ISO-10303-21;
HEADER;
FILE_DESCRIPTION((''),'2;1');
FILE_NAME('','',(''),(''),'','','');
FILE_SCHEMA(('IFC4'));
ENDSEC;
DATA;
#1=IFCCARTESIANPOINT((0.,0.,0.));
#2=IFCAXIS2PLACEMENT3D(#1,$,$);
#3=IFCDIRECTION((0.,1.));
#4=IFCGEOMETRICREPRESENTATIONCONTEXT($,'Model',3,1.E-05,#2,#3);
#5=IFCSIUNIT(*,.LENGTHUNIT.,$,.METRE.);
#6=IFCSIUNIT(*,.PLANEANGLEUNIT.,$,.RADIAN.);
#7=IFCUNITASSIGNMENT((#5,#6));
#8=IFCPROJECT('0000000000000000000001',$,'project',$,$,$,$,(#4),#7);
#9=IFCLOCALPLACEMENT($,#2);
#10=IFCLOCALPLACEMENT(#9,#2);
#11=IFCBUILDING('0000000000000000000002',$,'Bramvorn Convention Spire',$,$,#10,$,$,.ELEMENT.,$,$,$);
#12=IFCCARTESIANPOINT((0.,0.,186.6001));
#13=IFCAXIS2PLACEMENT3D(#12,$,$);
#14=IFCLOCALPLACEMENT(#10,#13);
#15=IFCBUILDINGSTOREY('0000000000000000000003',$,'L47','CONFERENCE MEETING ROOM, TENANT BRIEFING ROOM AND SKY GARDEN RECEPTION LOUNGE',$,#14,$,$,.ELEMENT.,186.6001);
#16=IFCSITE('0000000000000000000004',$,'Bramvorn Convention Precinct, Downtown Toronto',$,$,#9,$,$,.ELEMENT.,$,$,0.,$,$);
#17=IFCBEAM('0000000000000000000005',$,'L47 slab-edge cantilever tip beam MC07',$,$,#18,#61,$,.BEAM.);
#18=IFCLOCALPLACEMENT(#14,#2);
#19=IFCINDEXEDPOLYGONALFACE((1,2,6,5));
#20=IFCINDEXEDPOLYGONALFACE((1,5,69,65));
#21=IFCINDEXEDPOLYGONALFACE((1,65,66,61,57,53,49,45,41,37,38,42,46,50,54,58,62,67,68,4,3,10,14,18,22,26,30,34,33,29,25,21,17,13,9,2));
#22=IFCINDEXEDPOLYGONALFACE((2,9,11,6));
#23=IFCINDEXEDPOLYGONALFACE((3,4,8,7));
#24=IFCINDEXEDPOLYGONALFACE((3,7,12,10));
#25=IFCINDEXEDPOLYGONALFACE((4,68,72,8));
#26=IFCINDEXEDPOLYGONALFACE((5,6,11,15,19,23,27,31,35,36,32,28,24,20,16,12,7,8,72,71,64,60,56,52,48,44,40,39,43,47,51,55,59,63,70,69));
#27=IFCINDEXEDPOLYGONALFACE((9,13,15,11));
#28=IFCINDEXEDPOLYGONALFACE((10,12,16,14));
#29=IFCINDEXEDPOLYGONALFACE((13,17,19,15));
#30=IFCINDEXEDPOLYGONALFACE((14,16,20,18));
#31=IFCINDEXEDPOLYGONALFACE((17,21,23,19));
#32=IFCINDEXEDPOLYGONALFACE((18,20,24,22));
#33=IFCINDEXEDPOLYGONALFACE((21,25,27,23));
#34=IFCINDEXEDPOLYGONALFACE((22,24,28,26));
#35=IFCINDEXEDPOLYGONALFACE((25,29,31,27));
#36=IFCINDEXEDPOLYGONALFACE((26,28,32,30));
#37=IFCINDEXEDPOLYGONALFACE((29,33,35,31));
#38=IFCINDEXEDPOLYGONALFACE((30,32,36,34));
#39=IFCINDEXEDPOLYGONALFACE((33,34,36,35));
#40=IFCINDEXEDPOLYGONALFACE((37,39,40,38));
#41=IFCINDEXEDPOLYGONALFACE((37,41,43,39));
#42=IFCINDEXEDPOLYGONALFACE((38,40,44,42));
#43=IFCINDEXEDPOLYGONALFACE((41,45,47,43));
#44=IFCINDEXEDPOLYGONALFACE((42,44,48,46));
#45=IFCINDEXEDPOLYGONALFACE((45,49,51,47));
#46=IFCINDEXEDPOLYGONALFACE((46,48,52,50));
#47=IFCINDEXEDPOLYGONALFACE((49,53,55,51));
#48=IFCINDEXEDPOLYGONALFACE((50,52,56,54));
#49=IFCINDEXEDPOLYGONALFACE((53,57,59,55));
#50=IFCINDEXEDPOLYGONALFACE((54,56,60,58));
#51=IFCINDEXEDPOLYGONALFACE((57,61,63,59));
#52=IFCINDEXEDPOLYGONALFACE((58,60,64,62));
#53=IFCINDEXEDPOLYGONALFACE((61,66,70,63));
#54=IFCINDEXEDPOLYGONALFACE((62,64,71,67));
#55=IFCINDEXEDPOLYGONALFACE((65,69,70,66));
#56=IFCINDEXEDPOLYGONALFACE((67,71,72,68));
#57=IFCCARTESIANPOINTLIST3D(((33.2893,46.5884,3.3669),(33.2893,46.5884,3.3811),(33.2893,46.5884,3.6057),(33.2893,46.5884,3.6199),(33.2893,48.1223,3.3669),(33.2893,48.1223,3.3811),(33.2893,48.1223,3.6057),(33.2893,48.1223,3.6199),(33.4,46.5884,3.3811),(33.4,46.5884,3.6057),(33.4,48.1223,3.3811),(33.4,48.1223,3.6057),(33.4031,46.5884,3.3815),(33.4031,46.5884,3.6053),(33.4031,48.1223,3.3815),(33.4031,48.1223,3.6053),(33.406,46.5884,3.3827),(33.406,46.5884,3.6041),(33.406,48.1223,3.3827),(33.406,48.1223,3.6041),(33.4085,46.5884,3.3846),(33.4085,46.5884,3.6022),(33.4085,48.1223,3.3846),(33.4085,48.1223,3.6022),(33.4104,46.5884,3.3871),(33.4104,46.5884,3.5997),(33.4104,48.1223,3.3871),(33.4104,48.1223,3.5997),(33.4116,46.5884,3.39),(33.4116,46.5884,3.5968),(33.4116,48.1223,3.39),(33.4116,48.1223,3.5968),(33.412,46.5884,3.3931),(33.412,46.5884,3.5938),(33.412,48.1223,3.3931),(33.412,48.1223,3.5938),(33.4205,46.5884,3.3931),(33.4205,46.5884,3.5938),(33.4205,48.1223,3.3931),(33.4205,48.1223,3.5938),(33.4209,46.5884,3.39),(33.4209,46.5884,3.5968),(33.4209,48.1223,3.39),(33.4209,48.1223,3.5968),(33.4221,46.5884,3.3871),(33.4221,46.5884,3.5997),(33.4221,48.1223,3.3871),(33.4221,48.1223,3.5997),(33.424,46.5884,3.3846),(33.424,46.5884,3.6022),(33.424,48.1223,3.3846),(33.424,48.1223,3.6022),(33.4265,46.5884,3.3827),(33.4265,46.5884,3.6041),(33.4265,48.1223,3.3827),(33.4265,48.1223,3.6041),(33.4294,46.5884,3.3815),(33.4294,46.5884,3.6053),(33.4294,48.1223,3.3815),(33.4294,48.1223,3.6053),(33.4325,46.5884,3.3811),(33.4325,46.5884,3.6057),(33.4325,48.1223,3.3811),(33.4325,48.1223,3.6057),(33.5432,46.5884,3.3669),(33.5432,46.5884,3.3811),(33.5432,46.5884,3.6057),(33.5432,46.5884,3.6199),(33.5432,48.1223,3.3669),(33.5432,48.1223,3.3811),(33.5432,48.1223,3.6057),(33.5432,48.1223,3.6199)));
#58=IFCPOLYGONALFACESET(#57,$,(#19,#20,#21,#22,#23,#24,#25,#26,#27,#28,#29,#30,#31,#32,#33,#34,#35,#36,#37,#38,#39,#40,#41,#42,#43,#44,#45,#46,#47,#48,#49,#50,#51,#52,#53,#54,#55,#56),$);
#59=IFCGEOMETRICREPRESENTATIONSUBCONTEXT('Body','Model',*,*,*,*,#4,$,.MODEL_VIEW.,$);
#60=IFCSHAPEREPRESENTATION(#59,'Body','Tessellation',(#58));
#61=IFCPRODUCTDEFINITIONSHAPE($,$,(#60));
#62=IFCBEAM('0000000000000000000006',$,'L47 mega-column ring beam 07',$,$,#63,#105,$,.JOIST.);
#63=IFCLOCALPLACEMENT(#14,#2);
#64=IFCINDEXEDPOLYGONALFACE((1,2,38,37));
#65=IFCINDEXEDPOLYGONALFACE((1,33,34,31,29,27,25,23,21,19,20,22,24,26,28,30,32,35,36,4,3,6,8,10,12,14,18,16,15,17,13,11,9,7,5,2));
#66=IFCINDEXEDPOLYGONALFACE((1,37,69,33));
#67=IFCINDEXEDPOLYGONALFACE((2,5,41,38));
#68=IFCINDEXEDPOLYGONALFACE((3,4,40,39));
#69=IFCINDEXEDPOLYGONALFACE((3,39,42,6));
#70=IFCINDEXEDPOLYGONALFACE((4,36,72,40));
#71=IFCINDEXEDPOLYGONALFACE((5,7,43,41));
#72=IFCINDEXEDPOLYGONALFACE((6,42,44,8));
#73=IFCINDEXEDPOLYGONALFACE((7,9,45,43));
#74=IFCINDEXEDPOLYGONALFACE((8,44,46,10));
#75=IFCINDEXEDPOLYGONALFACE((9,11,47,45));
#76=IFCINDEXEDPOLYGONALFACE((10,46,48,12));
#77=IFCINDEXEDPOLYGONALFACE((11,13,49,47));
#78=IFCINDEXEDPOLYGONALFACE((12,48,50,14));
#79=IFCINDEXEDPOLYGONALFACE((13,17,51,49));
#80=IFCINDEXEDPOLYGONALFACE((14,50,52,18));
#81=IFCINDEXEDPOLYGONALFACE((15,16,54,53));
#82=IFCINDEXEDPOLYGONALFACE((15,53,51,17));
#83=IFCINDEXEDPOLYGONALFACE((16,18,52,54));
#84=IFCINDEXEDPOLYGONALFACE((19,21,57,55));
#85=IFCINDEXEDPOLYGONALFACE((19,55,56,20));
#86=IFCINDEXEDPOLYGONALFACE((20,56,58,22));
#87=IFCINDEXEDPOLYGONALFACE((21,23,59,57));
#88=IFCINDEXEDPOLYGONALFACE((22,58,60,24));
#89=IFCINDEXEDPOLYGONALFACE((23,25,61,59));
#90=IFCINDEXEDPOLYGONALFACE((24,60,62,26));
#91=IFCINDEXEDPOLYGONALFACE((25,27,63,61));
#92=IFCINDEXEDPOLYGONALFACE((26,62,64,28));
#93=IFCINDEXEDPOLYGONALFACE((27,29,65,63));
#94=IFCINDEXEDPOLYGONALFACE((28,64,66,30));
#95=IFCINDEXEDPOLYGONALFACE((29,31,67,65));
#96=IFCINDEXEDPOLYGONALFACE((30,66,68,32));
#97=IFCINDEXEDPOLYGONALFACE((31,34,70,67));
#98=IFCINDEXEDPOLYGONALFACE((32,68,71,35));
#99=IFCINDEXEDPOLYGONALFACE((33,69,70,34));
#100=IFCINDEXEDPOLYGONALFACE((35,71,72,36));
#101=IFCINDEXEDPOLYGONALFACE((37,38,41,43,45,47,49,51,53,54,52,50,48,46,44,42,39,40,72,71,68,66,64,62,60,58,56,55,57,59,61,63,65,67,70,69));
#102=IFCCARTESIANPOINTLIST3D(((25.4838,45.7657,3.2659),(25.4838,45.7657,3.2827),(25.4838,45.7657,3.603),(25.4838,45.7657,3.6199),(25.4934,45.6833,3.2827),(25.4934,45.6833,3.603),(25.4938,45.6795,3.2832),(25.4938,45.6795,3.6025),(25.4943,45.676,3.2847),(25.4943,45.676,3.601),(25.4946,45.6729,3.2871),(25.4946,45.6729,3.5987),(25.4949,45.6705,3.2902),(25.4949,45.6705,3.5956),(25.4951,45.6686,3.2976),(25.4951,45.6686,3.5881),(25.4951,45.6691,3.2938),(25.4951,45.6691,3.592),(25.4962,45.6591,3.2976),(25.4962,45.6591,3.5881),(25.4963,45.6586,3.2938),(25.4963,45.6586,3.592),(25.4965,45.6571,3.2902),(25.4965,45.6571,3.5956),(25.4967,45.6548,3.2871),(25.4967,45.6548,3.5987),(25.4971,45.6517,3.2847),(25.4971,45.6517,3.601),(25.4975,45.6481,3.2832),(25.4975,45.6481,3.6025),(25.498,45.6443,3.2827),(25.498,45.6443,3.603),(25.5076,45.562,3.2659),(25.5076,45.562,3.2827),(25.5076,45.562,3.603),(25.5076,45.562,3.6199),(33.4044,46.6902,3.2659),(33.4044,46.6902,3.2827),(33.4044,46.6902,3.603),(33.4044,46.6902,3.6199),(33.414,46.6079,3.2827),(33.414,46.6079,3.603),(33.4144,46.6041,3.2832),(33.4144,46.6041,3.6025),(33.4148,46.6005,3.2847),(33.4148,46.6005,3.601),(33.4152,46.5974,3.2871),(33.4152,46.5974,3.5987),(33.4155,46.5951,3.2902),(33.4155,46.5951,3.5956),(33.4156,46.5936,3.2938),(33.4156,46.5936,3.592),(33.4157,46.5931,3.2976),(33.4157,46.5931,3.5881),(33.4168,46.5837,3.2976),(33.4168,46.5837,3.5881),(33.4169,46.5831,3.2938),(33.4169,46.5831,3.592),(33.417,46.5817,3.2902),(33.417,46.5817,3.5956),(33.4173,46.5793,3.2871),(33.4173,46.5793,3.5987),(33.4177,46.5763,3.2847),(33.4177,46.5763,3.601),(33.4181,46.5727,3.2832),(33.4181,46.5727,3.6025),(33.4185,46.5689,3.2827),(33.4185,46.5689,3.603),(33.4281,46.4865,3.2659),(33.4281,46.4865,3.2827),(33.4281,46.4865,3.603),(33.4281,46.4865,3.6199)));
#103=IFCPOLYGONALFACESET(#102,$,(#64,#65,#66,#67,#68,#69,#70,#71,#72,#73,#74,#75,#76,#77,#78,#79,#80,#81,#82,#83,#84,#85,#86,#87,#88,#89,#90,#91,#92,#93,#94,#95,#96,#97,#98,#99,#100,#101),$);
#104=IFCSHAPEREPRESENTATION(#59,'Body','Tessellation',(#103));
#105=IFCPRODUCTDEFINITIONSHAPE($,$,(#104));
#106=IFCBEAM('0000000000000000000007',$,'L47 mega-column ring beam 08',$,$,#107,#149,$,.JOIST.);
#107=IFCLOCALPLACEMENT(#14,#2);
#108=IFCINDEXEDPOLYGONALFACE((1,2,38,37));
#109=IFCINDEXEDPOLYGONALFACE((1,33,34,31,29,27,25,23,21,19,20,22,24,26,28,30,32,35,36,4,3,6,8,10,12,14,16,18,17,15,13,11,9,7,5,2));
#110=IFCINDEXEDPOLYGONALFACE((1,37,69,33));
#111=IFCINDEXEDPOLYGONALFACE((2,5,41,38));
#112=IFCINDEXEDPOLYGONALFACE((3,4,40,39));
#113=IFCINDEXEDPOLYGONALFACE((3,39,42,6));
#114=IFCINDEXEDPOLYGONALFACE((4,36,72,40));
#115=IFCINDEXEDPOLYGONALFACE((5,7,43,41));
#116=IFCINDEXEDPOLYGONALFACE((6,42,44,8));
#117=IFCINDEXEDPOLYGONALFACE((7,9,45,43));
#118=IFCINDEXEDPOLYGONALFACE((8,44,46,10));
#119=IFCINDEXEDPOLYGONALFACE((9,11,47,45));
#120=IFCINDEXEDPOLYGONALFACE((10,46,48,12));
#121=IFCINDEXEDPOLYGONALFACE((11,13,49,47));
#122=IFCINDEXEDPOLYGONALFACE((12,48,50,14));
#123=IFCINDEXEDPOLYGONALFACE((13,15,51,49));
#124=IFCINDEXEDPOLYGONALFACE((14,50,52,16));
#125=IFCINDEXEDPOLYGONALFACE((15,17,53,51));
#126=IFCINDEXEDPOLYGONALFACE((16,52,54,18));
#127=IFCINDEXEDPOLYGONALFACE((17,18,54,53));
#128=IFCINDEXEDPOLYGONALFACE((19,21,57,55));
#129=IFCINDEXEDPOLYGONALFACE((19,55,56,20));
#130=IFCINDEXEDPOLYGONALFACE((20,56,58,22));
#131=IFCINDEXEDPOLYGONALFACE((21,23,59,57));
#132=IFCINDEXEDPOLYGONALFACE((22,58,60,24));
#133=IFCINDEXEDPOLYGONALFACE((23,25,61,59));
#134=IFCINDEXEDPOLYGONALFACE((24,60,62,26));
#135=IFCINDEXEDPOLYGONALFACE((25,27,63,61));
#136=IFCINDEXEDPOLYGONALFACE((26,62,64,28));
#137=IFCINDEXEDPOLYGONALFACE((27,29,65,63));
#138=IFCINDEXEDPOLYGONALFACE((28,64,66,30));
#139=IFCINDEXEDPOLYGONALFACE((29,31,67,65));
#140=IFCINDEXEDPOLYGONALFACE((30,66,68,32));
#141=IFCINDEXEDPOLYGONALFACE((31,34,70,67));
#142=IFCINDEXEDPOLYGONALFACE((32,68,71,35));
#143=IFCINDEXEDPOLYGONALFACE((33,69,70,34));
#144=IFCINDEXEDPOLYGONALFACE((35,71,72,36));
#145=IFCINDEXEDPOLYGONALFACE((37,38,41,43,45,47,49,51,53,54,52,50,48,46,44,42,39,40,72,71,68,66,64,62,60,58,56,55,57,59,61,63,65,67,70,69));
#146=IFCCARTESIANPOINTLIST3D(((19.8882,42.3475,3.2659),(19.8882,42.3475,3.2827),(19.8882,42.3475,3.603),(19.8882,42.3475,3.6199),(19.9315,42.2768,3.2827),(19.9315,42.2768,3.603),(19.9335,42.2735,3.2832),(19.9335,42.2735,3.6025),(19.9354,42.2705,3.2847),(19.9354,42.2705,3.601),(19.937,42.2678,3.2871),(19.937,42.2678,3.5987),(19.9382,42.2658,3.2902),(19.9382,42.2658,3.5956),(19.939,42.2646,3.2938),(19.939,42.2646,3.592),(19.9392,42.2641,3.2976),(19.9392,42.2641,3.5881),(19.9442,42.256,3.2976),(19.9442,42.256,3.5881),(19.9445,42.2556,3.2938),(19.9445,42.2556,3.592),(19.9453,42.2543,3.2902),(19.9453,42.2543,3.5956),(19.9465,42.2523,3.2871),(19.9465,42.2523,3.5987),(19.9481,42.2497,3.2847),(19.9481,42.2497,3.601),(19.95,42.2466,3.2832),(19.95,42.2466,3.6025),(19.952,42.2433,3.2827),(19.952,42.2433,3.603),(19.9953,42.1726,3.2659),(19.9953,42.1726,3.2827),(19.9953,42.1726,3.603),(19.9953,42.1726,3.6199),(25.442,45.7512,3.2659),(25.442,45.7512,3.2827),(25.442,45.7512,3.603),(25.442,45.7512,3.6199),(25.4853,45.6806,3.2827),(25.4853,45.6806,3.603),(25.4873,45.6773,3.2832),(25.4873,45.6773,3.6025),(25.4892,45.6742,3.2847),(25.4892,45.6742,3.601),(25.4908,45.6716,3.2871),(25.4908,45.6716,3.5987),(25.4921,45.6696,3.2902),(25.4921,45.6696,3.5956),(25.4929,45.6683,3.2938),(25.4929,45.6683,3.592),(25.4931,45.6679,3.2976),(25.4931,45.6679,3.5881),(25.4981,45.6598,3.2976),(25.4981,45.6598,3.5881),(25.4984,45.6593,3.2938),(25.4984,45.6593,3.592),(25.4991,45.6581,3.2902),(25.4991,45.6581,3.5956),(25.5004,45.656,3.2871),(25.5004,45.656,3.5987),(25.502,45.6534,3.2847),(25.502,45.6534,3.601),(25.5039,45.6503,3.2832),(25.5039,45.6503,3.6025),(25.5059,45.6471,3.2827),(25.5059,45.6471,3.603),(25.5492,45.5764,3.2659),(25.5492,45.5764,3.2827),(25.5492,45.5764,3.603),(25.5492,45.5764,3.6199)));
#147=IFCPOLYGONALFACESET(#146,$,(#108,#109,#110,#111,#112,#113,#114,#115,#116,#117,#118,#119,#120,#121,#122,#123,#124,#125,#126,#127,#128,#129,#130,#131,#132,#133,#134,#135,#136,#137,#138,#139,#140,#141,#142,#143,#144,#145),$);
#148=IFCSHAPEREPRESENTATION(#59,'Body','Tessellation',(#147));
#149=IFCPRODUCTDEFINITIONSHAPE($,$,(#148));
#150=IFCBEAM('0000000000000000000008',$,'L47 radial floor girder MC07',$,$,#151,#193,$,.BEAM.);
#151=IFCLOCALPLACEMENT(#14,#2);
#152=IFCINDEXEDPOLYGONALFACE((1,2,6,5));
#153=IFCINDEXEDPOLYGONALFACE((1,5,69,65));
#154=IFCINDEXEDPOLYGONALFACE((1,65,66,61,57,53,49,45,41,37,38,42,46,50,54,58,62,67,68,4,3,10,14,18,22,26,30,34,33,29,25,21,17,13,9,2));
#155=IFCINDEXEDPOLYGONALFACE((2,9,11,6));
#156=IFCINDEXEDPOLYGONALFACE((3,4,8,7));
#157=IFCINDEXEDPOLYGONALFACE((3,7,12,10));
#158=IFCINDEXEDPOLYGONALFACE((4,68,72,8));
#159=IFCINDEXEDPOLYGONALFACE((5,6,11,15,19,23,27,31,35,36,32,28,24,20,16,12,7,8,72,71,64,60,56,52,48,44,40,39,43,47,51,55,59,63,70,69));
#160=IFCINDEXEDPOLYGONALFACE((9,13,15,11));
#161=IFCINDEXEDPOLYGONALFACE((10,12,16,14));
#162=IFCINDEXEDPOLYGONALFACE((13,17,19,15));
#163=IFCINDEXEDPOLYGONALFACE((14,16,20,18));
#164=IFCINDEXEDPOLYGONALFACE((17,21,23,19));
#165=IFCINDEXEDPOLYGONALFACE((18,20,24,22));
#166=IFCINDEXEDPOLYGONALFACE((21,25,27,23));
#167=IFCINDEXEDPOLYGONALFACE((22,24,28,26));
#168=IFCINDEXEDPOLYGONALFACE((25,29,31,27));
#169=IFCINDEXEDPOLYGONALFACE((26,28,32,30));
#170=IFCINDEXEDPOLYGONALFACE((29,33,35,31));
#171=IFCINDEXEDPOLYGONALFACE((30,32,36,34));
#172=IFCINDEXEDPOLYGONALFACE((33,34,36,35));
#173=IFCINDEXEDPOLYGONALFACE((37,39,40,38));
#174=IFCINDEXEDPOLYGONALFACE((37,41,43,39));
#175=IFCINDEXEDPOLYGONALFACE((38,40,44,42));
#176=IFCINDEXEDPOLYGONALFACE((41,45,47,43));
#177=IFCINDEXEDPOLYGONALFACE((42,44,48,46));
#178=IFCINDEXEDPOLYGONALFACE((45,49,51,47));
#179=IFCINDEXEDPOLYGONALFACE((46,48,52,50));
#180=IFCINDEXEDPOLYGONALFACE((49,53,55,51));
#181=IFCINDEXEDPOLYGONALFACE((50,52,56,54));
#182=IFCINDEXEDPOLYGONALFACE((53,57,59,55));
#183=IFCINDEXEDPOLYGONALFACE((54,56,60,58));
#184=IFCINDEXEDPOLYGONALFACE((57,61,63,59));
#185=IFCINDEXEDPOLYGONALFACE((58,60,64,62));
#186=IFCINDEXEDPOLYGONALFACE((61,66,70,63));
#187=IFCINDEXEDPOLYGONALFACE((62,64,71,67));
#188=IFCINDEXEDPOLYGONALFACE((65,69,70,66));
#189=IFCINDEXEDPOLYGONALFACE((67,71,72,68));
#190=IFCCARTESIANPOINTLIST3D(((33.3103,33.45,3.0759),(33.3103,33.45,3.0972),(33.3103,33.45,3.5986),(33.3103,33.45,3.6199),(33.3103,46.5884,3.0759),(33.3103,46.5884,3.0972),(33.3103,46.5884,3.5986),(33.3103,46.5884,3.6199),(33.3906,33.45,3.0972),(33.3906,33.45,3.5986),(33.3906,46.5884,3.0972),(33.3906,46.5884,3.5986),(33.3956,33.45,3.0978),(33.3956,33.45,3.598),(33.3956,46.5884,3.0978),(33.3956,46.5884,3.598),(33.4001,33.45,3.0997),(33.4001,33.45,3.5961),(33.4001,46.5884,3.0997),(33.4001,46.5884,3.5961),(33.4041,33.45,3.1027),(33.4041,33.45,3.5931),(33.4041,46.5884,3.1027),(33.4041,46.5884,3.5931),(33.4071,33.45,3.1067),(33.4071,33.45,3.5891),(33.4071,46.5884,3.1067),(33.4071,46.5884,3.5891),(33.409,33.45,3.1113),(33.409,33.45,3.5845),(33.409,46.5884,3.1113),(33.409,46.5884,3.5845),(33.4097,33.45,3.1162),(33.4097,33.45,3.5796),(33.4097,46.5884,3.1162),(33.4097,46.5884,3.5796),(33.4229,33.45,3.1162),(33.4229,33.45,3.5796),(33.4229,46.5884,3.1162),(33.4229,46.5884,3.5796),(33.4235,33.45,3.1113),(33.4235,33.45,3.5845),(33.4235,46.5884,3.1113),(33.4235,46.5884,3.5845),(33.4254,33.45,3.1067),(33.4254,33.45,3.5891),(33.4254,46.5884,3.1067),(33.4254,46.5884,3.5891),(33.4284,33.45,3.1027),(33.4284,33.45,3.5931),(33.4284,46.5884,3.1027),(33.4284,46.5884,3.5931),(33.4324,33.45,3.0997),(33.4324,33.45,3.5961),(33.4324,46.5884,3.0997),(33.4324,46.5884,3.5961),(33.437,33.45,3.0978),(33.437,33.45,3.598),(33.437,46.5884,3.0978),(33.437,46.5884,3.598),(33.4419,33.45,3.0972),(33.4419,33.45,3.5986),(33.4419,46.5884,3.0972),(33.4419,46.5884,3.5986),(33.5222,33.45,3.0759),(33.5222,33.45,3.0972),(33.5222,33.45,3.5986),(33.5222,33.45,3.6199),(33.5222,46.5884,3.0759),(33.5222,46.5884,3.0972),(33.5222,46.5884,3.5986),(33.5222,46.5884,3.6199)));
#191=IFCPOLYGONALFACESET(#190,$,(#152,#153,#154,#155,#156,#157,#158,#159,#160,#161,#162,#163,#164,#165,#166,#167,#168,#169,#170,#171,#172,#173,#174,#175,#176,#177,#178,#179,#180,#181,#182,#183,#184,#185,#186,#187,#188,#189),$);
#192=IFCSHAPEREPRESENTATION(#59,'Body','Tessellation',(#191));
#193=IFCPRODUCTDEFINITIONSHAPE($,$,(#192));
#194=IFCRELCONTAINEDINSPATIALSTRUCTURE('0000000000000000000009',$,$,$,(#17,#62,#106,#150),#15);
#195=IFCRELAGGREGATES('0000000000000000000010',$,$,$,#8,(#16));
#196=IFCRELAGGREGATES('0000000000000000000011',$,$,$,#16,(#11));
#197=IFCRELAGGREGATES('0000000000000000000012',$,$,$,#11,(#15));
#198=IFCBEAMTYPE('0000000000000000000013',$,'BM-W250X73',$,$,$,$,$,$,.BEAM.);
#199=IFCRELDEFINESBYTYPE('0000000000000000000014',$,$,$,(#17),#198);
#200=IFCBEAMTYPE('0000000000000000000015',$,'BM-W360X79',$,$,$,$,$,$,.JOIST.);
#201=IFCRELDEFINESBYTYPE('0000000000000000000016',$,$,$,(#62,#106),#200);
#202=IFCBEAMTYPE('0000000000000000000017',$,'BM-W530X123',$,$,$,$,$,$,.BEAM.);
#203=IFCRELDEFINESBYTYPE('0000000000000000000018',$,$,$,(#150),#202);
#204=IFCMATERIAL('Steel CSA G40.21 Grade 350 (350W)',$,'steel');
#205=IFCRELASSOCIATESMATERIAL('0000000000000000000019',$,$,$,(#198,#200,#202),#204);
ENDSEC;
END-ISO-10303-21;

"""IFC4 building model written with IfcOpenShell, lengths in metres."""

from ifc_helpers import new_model, si_unit, direction, frame, origin, origin_2d, place, context, subcontext, project, spatial, i_section, extrude, material, material_profile, profile_set, type_object, element, save


model = new_model("IFC4")

# Units and contexts
model_context = context("Model", 3, precision=1e-05, world=origin(), true_north=direction((0.0, 1.0)))
body_context = subcontext(model_context, "Body", "Model", "MODEL_VIEW")
ifc_project = project(units=[si_unit("LENGTHUNIT", "METRE"), si_unit("PLANEANGLEUNIT", "RADIAN")], contexts=[model_context])

# Site, building, storey
site_placement = place(None, origin())
site = spatial("IfcSite", under=ifc_project, at=site_placement, Name="Bramvorn Convention Precinct, Downtown Toronto", CompositionType="ELEMENT", RefElevation=0.0)
building_placement = place(site_placement, origin())
building = spatial("IfcBuilding", under=site, at=building_placement, Name="Bramvorn Convention Spire", CompositionType="ELEMENT")
storey_placement = place(building_placement, frame((0.0, 0.0, 186.6001)))
storey = spatial("IfcBuildingStorey", under=building, at=storey_placement, Name="L47", Description="CONFERENCE MEETING ROOM, TENANT BRIEFING ROOM AND SKY GARDEN RECEPTION LOUNGE", CompositionType="ELEMENT", Elevation=186.6001)

# Shared definitions
ifc_material_1 = material(Name="Steel CSA G40.21 Grade 350 (350W)", Category="steel")

# Beams
ifc_material_profile_1 = material_profile(ifc_material_1, i_section(OverallWidth=0.2539, OverallDepth=0.2529, WebThickness=0.0085, FlangeThickness=0.0142, FilletRadius=0.012, at=origin_2d()))
ifc_profile_set_1 = profile_set([ifc_material_profile_1], Name="Steel CSA G40.21 Grade 350 (350W) - W250X73")
beam_type_1 = type_object("IfcBeamType", Name="BM-W250X73", PredefinedType="BEAM", material=ifc_profile_set_1)
beam_1_placement = place(storey_placement, frame((33.4163, 46.5884, 3.4934), z_axis=(0.0, 1.0, 0.0), x_axis=(-1.0, 0.0, 0.0)))
element("IfcBeam", 1, at=beam_1_placement, inside=storey, type_object=beam_type_1, Name="L47 slab-edge cantilever tip beam MC07", PredefinedType="BEAM", context=body_context, shape_type="SweptSolid", body=[
    extrude(i_section(OverallWidth=0.2539, OverallDepth=0.2529, WebThickness=0.0085, FlangeThickness=0.0142, FilletRadius=0.012, at=origin_2d()), origin(), (0.0, 0.0, 1.0), 1.5339),
])
ifc_material_profile_2 = material_profile(ifc_material_1, i_section(OverallWidth=0.2051, OverallDepth=0.354, WebThickness=0.0095, FlangeThickness=0.0168, FilletRadius=0.0149, at=origin_2d()))
ifc_profile_set_2 = profile_set([ifc_material_profile_2], Name="Steel CSA G40.21 Grade 350 (350W) - W360X79")
beam_type_2 = type_object("IfcBeamType", Name="BM-W360X79", PredefinedType="JOIST", material=ifc_profile_set_2)
beam_2_placement = place(storey_placement, frame((33.4163, 46.5884, 3.4429), z_axis=(-0.993256, -0.115941, 0.0), x_axis=(0.115941, -0.993256, 0.0)))
element("IfcBeam", 2, at=beam_2_placement, inside=storey, type_object=beam_type_2, Name="L47 mega-column ring beam 07", PredefinedType="JOIST", context=body_context, shape_type="SweptSolid", body=[
    extrude(i_section(OverallWidth=0.2051, OverallDepth=0.354, WebThickness=0.0095, FlangeThickness=0.0168, FilletRadius=0.0149, at=origin_2d()), origin(), (0.0, 0.0, 1.0), 7.9744),
])
beam_3_placement = place(storey_placement, frame((25.4956, 45.6638, 3.4429), z_axis=(-0.852617, -0.522537, 0.0), x_axis=(0.522537, -0.852617, 0.0)))
element("IfcBeam", 3, at=beam_3_placement, inside=storey, type_object=beam_type_2, Name="L47 mega-column ring beam 08", PredefinedType="JOIST", context=body_context, shape_type="SweptSolid", body=[
    extrude(i_section(OverallWidth=0.2051, OverallDepth=0.354, WebThickness=0.0095, FlangeThickness=0.0168, FilletRadius=0.0149, at=origin_2d()), origin(), (0.0, 0.0, 1.0), 6.5139),
])
ifc_material_profile_3 = material_profile(ifc_material_1, i_section(OverallWidth=0.2119, OverallDepth=0.5439, WebThickness=0.0132, FlangeThickness=0.0212, FilletRadius=0.019, at=origin_2d()))
ifc_profile_set_3 = profile_set([ifc_material_profile_3], Name="Steel CSA G40.21 Grade 350 (350W) - W530X123")
beam_type_3 = type_object("IfcBeamType", Name="BM-W530X123", PredefinedType="BEAM", material=ifc_profile_set_3)
beam_4_placement = place(storey_placement, frame((33.4163, 33.45, 3.3479), z_axis=(0.0, 1.0, 0.0), x_axis=(-1.0, 0.0, 0.0)))
element("IfcBeam", 4, at=beam_4_placement, inside=storey, type_object=beam_type_3, Name="L47 radial floor girder MC07", PredefinedType="BEAM", context=body_context, shape_type="SweptSolid", body=[
    extrude(i_section(OverallWidth=0.2119, OverallDepth=0.5439, WebThickness=0.0132, FlangeThickness=0.0212, FilletRadius=0.019, at=origin_2d()), origin(), (0.0, 0.0, 1.0), 13.1384),
])

save(model, "model.ifc")
